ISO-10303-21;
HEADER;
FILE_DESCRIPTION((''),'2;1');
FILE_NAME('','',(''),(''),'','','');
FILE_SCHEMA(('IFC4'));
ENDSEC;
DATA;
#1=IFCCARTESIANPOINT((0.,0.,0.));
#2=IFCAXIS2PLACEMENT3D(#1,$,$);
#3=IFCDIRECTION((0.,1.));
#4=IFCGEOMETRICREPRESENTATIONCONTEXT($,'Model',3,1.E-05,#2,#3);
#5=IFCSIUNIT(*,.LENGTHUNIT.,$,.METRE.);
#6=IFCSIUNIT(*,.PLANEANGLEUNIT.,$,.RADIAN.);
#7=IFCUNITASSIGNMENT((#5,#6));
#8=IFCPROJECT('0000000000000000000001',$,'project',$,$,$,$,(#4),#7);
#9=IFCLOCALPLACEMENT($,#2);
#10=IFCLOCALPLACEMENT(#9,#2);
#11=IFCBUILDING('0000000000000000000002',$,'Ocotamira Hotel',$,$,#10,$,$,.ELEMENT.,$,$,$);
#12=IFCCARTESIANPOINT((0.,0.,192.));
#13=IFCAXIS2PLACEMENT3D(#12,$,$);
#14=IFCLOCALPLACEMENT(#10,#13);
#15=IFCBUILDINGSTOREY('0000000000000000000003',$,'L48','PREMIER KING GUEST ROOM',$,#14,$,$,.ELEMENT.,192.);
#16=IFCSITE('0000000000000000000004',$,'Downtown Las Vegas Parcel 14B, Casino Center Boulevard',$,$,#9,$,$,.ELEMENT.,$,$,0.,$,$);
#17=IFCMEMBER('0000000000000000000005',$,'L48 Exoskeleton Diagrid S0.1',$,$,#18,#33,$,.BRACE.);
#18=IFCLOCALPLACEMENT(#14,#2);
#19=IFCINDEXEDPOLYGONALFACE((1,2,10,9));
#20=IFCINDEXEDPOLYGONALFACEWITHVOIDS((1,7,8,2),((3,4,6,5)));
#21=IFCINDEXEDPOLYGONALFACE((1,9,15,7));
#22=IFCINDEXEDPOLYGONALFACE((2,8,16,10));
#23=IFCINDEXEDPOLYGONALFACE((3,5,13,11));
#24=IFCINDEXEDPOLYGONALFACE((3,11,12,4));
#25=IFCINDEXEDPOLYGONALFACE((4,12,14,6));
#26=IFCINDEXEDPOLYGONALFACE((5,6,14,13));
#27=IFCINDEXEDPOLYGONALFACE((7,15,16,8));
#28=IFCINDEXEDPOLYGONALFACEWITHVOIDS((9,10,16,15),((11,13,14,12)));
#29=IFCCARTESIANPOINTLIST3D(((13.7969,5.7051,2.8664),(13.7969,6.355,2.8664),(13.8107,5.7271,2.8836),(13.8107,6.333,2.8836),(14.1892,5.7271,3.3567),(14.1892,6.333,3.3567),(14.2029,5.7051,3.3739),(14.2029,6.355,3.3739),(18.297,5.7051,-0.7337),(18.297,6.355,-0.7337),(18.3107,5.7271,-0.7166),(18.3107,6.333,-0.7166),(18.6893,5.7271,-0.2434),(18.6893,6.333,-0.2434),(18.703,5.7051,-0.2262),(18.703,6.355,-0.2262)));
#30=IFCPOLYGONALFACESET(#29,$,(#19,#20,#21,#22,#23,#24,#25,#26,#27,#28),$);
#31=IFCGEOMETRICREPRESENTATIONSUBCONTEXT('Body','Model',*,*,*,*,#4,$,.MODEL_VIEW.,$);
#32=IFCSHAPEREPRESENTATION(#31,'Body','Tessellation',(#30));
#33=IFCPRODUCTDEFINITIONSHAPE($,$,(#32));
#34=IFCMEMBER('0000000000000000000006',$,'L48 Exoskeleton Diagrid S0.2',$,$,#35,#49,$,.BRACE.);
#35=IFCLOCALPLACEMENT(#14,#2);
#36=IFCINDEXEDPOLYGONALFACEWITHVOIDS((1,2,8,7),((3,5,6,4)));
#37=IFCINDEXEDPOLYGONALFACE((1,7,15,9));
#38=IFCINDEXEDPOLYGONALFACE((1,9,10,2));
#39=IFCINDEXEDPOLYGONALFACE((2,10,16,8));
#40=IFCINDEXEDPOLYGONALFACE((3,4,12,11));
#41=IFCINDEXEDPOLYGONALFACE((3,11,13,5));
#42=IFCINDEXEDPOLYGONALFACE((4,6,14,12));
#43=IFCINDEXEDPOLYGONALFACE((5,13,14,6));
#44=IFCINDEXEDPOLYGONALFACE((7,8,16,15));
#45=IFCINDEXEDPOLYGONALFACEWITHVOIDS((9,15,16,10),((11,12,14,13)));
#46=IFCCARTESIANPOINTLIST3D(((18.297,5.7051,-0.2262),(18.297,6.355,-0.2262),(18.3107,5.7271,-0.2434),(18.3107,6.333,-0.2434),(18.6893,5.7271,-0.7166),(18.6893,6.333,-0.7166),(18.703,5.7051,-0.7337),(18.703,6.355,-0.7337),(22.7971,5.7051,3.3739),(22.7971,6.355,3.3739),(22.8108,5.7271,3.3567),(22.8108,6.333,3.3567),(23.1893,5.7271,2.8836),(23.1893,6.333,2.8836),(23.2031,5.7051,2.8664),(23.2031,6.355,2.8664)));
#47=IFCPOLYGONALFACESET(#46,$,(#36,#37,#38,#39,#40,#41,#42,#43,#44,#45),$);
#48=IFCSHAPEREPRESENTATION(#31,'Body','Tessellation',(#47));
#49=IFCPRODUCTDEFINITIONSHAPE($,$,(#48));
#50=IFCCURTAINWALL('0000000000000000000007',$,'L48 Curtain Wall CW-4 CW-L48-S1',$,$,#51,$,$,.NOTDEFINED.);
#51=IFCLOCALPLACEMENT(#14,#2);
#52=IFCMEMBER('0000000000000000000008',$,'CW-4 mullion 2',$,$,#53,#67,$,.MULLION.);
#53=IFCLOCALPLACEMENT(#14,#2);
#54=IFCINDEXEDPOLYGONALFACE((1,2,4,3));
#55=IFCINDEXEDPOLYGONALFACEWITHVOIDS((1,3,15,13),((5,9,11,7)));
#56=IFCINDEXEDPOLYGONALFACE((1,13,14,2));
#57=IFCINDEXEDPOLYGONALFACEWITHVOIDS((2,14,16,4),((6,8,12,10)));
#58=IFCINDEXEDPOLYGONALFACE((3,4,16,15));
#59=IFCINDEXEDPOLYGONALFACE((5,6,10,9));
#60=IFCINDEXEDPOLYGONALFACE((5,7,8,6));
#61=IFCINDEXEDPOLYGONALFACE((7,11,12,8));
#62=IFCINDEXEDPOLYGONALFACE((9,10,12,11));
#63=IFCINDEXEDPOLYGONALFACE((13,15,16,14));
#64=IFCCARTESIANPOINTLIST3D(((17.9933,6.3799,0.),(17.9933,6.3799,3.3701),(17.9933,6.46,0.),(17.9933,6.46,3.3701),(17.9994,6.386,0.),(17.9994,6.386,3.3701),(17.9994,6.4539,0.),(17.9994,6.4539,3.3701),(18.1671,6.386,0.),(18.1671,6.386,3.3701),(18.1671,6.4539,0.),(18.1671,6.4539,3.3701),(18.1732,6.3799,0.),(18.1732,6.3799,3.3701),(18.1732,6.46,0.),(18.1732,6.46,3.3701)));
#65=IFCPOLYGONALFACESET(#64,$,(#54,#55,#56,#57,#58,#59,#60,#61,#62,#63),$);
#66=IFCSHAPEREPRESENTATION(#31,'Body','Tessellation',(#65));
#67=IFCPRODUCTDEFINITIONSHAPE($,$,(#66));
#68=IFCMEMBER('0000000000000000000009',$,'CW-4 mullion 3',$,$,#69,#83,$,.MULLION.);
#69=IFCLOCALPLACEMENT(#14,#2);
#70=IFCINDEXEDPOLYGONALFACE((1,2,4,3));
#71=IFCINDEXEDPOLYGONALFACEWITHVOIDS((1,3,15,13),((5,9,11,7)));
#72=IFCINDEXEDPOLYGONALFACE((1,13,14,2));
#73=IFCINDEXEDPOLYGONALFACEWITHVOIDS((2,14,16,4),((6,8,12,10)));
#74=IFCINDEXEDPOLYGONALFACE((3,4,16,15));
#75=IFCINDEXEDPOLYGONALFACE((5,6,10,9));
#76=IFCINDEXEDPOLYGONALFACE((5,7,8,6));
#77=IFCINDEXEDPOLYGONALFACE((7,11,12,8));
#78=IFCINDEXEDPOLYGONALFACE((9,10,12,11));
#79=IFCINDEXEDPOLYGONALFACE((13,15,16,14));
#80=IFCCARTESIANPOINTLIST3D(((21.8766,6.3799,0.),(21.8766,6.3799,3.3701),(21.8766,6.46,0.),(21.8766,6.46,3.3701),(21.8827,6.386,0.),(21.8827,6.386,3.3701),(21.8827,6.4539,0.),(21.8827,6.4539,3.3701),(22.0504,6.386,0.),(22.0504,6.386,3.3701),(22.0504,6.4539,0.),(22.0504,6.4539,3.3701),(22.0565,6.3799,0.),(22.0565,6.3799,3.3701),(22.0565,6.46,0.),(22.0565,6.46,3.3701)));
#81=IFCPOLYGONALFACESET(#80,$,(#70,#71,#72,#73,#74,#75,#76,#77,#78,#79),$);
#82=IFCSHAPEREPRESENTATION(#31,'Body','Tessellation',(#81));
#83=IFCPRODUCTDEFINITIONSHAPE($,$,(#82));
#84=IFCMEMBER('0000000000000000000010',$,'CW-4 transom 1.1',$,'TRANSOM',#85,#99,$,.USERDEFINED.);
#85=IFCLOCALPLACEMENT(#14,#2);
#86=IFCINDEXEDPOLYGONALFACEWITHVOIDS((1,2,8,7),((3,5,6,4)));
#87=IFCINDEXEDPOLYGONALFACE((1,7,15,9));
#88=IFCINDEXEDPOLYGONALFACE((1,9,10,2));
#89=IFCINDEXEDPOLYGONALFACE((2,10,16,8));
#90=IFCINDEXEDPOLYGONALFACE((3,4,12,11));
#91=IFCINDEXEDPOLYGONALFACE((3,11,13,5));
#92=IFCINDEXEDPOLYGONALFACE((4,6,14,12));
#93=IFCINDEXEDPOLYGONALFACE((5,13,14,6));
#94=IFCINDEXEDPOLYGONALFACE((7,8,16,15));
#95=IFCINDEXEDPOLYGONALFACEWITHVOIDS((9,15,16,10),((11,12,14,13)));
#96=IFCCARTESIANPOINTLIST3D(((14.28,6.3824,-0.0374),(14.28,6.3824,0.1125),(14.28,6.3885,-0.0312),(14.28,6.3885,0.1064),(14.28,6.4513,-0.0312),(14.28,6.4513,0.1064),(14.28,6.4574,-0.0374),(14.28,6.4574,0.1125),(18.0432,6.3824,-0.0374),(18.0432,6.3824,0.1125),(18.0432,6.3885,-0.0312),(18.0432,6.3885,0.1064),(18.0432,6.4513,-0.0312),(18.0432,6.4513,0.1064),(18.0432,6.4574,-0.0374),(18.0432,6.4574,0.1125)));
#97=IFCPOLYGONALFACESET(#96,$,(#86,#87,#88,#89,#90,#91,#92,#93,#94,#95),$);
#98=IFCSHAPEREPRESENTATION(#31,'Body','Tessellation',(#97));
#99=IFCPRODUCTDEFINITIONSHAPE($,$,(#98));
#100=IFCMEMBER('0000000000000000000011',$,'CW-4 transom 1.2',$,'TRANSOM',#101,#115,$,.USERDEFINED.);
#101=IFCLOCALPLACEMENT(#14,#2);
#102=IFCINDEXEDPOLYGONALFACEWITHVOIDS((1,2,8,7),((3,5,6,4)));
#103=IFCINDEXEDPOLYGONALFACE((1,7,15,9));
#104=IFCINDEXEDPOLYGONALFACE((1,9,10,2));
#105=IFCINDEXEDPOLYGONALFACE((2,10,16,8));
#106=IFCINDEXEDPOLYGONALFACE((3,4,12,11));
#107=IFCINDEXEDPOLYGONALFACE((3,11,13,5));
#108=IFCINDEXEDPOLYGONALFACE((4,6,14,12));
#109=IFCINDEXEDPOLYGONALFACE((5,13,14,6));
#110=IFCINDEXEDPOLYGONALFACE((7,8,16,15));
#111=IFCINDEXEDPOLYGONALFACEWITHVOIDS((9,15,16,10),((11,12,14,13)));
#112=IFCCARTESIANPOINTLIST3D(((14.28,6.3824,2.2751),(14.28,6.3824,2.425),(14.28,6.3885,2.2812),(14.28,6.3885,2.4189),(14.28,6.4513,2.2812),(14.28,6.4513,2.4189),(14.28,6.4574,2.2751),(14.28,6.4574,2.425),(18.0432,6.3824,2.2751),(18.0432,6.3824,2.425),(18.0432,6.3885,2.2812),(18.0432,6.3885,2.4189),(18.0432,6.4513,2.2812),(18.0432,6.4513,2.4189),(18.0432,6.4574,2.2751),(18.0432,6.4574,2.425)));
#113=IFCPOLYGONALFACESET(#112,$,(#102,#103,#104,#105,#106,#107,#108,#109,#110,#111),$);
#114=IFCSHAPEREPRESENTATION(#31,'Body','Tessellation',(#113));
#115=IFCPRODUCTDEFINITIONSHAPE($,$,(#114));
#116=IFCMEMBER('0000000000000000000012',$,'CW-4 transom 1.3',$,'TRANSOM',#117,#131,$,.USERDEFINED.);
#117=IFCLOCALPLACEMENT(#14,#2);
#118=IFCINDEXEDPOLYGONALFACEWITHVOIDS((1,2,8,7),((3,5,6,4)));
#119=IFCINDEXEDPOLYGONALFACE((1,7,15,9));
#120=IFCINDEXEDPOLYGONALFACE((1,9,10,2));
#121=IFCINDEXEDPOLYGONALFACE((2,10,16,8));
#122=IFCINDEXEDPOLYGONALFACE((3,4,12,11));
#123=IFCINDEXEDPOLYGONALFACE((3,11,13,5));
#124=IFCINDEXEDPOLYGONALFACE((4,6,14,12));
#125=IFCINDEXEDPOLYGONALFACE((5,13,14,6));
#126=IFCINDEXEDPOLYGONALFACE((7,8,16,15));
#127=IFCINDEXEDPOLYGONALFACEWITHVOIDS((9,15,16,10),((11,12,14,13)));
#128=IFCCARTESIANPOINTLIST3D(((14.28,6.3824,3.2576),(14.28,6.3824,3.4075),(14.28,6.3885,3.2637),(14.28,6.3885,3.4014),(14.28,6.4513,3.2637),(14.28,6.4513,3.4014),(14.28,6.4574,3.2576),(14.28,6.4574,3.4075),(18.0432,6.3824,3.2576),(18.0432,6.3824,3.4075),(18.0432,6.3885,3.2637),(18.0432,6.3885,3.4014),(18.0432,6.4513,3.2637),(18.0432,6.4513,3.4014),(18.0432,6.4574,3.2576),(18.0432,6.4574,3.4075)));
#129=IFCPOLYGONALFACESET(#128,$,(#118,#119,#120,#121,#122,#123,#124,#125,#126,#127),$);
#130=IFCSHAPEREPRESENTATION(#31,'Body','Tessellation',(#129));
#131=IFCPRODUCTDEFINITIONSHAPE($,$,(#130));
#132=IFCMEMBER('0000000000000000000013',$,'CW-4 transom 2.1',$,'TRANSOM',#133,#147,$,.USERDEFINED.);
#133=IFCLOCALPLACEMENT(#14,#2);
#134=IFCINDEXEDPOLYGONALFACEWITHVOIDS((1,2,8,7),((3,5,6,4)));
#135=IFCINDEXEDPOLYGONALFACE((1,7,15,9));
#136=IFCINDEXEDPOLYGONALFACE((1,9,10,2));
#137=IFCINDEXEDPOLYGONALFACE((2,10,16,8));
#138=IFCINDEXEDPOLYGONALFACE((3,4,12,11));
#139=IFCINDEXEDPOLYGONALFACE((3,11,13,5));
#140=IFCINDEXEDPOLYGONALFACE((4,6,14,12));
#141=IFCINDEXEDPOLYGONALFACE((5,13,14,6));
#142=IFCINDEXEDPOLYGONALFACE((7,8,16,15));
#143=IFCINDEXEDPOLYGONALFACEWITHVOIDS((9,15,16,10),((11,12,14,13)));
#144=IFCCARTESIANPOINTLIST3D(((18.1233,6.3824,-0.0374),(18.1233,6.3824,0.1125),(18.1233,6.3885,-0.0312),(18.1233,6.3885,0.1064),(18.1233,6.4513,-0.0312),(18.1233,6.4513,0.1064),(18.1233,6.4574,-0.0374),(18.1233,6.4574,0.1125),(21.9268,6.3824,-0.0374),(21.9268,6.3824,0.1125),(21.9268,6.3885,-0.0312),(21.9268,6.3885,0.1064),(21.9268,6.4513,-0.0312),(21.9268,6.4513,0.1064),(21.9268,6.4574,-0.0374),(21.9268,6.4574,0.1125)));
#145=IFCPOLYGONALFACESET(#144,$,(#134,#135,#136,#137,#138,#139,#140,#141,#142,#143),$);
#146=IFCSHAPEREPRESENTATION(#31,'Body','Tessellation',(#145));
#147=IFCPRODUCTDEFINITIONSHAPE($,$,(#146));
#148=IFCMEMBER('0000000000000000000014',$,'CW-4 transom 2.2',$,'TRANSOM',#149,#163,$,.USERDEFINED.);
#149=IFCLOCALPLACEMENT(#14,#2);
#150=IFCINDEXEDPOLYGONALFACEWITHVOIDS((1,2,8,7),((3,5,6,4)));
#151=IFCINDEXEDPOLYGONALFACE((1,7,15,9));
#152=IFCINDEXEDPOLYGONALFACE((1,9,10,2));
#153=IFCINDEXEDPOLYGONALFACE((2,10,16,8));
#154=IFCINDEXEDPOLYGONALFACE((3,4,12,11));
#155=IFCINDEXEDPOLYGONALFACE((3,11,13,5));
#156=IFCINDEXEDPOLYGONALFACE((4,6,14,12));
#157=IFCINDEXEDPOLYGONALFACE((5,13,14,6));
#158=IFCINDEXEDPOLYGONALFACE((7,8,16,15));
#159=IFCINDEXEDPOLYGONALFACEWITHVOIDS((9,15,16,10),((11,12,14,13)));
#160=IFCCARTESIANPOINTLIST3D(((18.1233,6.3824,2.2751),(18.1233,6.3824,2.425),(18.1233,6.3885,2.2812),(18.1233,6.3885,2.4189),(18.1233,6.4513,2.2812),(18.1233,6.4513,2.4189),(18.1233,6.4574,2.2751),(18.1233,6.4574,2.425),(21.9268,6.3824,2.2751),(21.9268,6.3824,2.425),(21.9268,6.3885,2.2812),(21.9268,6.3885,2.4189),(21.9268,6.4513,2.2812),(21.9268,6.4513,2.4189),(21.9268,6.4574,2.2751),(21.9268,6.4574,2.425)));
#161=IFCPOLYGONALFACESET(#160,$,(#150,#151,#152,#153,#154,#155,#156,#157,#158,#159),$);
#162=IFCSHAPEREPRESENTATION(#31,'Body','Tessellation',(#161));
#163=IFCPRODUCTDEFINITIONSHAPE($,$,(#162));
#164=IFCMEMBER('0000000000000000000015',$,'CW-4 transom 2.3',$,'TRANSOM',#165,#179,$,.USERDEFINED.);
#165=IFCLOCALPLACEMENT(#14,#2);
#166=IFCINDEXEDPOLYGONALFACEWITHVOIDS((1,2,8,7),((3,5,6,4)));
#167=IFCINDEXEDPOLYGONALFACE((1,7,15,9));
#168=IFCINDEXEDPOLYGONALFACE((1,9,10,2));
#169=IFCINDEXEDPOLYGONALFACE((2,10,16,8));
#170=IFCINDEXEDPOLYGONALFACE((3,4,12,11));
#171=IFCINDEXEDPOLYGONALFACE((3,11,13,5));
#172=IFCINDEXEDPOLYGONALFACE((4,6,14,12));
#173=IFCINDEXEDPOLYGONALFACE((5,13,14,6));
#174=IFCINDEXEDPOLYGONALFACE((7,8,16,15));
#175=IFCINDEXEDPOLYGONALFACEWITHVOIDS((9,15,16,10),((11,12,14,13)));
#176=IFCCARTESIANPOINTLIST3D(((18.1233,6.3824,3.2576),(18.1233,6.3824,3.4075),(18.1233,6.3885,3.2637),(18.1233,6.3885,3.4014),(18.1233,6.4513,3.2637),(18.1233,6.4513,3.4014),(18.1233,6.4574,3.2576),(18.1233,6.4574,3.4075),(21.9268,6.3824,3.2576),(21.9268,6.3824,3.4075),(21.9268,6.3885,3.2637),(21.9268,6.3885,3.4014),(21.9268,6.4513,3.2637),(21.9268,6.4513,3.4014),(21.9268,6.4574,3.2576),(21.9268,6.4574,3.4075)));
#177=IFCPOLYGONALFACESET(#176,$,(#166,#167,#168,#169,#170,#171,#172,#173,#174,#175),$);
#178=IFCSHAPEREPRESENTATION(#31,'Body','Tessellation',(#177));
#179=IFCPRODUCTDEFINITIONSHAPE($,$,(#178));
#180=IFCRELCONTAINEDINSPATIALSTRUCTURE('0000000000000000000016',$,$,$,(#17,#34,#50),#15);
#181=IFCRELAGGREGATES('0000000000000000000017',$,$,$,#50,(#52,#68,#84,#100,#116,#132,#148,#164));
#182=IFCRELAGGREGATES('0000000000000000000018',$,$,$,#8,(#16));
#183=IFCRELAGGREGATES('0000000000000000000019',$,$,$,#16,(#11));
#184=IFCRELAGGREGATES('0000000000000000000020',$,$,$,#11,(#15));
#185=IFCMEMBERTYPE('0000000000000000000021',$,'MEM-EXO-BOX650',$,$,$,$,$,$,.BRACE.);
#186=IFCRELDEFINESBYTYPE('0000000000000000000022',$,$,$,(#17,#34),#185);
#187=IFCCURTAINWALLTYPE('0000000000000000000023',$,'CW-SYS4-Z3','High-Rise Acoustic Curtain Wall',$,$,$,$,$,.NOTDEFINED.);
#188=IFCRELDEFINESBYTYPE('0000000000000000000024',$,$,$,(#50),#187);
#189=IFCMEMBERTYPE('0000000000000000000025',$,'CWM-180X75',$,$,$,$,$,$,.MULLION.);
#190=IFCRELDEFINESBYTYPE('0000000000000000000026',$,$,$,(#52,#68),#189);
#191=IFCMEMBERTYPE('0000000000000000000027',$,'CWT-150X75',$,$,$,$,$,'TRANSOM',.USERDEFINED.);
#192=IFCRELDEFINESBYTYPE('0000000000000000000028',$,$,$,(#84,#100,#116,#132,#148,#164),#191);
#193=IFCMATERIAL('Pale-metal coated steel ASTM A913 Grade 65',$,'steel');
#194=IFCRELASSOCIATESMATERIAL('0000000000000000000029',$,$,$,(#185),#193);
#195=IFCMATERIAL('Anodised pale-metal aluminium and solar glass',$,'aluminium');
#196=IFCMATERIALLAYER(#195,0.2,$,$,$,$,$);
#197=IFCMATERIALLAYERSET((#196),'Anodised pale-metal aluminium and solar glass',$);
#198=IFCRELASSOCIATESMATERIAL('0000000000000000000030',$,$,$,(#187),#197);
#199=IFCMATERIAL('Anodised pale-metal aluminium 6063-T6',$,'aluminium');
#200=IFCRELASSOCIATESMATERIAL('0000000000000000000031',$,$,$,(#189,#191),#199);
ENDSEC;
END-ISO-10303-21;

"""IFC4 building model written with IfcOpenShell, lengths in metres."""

from ifc_helpers import new_model, si_unit, direction, frame, origin, origin_2d, place, context, subcontext, project, spatial, hollow_rectangle, extrude, source, transform, mapped, material, layer, layer_set, material_profile, profile_set, type_object, element, aggregate, save


model = new_model("IFC4")

# Units and contexts
model_context = context("Model", 3, precision=1e-05, world=origin(), true_north=direction((0.0, 1.0)))
body_context = subcontext(model_context, "Body", "Model", "MODEL_VIEW")
ifc_project = project(units=[si_unit("LENGTHUNIT", "METRE"), si_unit("PLANEANGLEUNIT", "RADIAN")], contexts=[model_context])

# Site, building, storey
site_placement = place(None, origin())
site = spatial("IfcSite", under=ifc_project, at=site_placement, Name="Downtown Las Vegas Parcel 14B, Casino Center Boulevard", CompositionType="ELEMENT", RefElevation=0.0)
building_placement = place(site_placement, origin())
building = spatial("IfcBuilding", under=site, at=building_placement, Name="Ocotamira Hotel", CompositionType="ELEMENT")
storey_placement = place(building_placement, frame((0.0, 0.0, 192.0)))
storey = spatial("IfcBuildingStorey", under=building, at=storey_placement, Name="L48", Description="PREMIER KING GUEST ROOM", CompositionType="ELEMENT", Elevation=192.0)

# Members
ifc_material_1 = material(Name="Pale-metal coated steel ASTM A913 Grade 65", Category="steel")
ifc_material_profile_1 = material_profile(ifc_material_1, hollow_rectangle(XDim=0.6499, YDim=0.6499, WallThickness=0.022, at=origin_2d()), Name="BOX650X650X22")
ifc_profile_set_1 = profile_set([ifc_material_profile_1], Name="Pale-metal coated steel ASTM A913 Grade 65")
member_type_1 = type_object("IfcMemberType", Name="MEM-EXO-BOX650", PredefinedType="BRACE", material=ifc_profile_set_1)
shared_shape_1 = source(origin(), body_context, "Body", "SweptSolid", [
    extrude(hollow_rectangle(XDim=0.6499, YDim=0.6499, WallThickness=0.022, at=origin_2d()), origin(), (0.0, 0.0, 1.0), 5.7629),
])
for number, where, z_axis, x_axis, name in (
    (1, (18.5, 6.03, -0.48), (-0.780861, 0.0, 0.624705), (0.0, -1.0, 0.0), "L48 Exoskeleton Diagrid S0.1"),
    (2, (18.5, 6.03, -0.48), (0.780861, 0.0, 0.624705), (0.0, 1.0, 0.0), "L48 Exoskeleton Diagrid S0.2"),
):
    element("IfcMember", number, at=place(storey_placement, frame(where, z_axis=z_axis, x_axis=x_axis)), inside=storey, type_object=member_type_1, Name=name, PredefinedType="BRACE", context=body_context, shape_type="MappedRepresentation", body=[
        mapped(shared_shape_1, transform((0.0, 0.0, 0.0), scale=1.0)),
    ])

# Curtain wall, members
ifc_material_2 = material(Name="Anodised pale-metal aluminium and solar glass", Category="aluminium")
ifc_layer_1 = layer(ifc_material_2, 0.2)
ifc_layer_set_1 = layer_set([ifc_layer_1], Name="Anodised pale-metal aluminium and solar glass")
curtain_wall_type = type_object("IfcCurtainWallType", Name="CW-SYS4-Z3", Description="High-Rise Acoustic Curtain Wall", PredefinedType="NOTDEFINED", material=ifc_layer_set_1)
curtain_wall_placement = place(storey_placement, origin())
curtain_wall = element("IfcCurtainWall", 3, at=curtain_wall_placement, inside=storey, type_object=curtain_wall_type, Name="L48 Curtain Wall CW-4 CW-L48-S1", PredefinedType="NOTDEFINED")
ifc_material_3 = material(Name="Anodised pale-metal aluminium 6063-T6", Category="aluminium")
ifc_material_profile_2 = material_profile(ifc_material_3, hollow_rectangle(XDim=0.0801, YDim=0.1799, WallThickness=0.0061, at=origin_2d()), Name="HSS180X80X6")
ifc_profile_set_2 = profile_set([ifc_material_profile_2], Name="Anodised pale-metal aluminium 6063-T6")
member_type_2 = type_object("IfcMemberType", Name="CWM-180X75", PredefinedType="MULLION", material=ifc_profile_set_2)
shared_shape_2 = source(origin(), body_context, "Body", "SweptSolid", [
    extrude(hollow_rectangle(XDim=0.0801, YDim=0.1799, WallThickness=0.0061, at=origin_2d()), origin(), (0.0, 0.0, 1.0), 3.3701),
])
member_1_placement = place(storey_placement, frame((18.0833, 6.4199, 0.0), z_axis=(0.0, 0.0, 1.0), x_axis=(0.0, 1.0, 0.0)))
member_1 = element("IfcMember", 4, at=member_1_placement, type_object=member_type_2, Name="CW-4 mullion 2", PredefinedType="MULLION", context=body_context, shape_type="MappedRepresentation", body=[
    mapped(shared_shape_2, transform((0.0, 0.0, 0.0), scale=1.0)),
])
member_2_placement = place(storey_placement, frame((21.9666, 6.4199, 0.0), z_axis=(0.0, 0.0, 1.0), x_axis=(0.0, 1.0, 0.0)))
member_2 = element("IfcMember", 5, at=member_2_placement, type_object=member_type_2, Name="CW-4 mullion 3", PredefinedType="MULLION", context=body_context, shape_type="MappedRepresentation", body=[
    mapped(shared_shape_2, transform((0.0, 0.0, 0.0), scale=1.0)),
])
ifc_material_profile_3 = material_profile(ifc_material_3, hollow_rectangle(XDim=0.075, YDim=0.1499, WallThickness=0.0061, at=origin_2d()), Name="HSS150X75X6")
ifc_profile_set_3 = profile_set([ifc_material_profile_3], Name="Anodised pale-metal aluminium 6063-T6")
member_type_3 = type_object("IfcMemberType", Name="CWT-150X75", ElementType="TRANSOM", PredefinedType="USERDEFINED", material=ifc_profile_set_3)
shared_shape_3 = source(origin(), body_context, "Body", "SweptSolid", [
    extrude(hollow_rectangle(XDim=0.075, YDim=0.1499, WallThickness=0.0061, at=origin_2d()), origin(), (0.0, 0.0, 1.0), 3.7632),
])
member_3_placement = place(storey_placement, frame((14.28, 6.4199, 0.0376), z_axis=(1.0, 0.0, 0.0), x_axis=(0.0, 1.0, 0.0)))
member_3 = element("IfcMember", 6, at=member_3_placement, type_object=member_type_3, Name="CW-4 transom 1.1", ObjectType="TRANSOM", PredefinedType="USERDEFINED", context=body_context, shape_type="MappedRepresentation", body=[
    mapped(shared_shape_3, transform((0.0, 0.0, 0.0), scale=1.0)),
])
member_4_placement = place(storey_placement, frame((14.28, 6.4199, 2.3501), z_axis=(1.0, 0.0, 0.0), x_axis=(0.0, 1.0, 0.0)))
member_4 = element("IfcMember", 7, at=member_4_placement, type_object=member_type_3, Name="CW-4 transom 1.2", ObjectType="TRANSOM", PredefinedType="USERDEFINED", context=body_context, shape_type="MappedRepresentation", body=[
    mapped(shared_shape_3, transform((0.0, 0.0, 0.0), scale=1.0)),
])
member_5_placement = place(storey_placement, frame((14.28, 6.4199, 3.3325), z_axis=(1.0, 0.0, 0.0), x_axis=(0.0, 1.0, 0.0)))
member_5 = element("IfcMember", 8, at=member_5_placement, type_object=member_type_3, Name="CW-4 transom 1.3", ObjectType="TRANSOM", PredefinedType="USERDEFINED", context=body_context, shape_type="MappedRepresentation", body=[
    mapped(shared_shape_3, transform((0.0, 0.0, 0.0), scale=1.0)),
])
shared_shape_4 = source(origin(), body_context, "Body", "SweptSolid", [
    extrude(hollow_rectangle(XDim=0.075, YDim=0.1499, WallThickness=0.0061, at=origin_2d()), origin(), (0.0, 0.0, 1.0), 3.8035),
])
member_6_placement = place(storey_placement, frame((18.1233, 6.4199, 0.0376), z_axis=(1.0, 0.0, 0.0), x_axis=(0.0, 1.0, 0.0)))
member_6 = element("IfcMember", 9, at=member_6_placement, type_object=member_type_3, Name="CW-4 transom 2.1", ObjectType="TRANSOM", PredefinedType="USERDEFINED", context=body_context, shape_type="MappedRepresentation", body=[
    mapped(shared_shape_4, transform((0.0, 0.0, 0.0), scale=1.0)),
])
member_7_placement = place(storey_placement, frame((18.1233, 6.4199, 2.3501), z_axis=(1.0, 0.0, 0.0), x_axis=(0.0, 1.0, 0.0)))
member_7 = element("IfcMember", 10, at=member_7_placement, type_object=member_type_3, Name="CW-4 transom 2.2", ObjectType="TRANSOM", PredefinedType="USERDEFINED", context=body_context, shape_type="MappedRepresentation", body=[
    mapped(shared_shape_4, transform((0.0, 0.0, 0.0), scale=1.0)),
])
member_8_placement = place(storey_placement, frame((18.1233, 6.4199, 3.3325), z_axis=(1.0, 0.0, 0.0), x_axis=(0.0, 1.0, 0.0)))
member_8 = element("IfcMember", 11, at=member_8_placement, type_object=member_type_3, Name="CW-4 transom 2.3", ObjectType="TRANSOM", PredefinedType="USERDEFINED", context=body_context, shape_type="MappedRepresentation", body=[
    mapped(shared_shape_4, transform((0.0, 0.0, 0.0), scale=1.0)),
])

aggregate(curtain_wall, [member_1, member_2, member_3, member_4, member_5, member_6, member_7, member_8])

save(model, "model.ifc")
